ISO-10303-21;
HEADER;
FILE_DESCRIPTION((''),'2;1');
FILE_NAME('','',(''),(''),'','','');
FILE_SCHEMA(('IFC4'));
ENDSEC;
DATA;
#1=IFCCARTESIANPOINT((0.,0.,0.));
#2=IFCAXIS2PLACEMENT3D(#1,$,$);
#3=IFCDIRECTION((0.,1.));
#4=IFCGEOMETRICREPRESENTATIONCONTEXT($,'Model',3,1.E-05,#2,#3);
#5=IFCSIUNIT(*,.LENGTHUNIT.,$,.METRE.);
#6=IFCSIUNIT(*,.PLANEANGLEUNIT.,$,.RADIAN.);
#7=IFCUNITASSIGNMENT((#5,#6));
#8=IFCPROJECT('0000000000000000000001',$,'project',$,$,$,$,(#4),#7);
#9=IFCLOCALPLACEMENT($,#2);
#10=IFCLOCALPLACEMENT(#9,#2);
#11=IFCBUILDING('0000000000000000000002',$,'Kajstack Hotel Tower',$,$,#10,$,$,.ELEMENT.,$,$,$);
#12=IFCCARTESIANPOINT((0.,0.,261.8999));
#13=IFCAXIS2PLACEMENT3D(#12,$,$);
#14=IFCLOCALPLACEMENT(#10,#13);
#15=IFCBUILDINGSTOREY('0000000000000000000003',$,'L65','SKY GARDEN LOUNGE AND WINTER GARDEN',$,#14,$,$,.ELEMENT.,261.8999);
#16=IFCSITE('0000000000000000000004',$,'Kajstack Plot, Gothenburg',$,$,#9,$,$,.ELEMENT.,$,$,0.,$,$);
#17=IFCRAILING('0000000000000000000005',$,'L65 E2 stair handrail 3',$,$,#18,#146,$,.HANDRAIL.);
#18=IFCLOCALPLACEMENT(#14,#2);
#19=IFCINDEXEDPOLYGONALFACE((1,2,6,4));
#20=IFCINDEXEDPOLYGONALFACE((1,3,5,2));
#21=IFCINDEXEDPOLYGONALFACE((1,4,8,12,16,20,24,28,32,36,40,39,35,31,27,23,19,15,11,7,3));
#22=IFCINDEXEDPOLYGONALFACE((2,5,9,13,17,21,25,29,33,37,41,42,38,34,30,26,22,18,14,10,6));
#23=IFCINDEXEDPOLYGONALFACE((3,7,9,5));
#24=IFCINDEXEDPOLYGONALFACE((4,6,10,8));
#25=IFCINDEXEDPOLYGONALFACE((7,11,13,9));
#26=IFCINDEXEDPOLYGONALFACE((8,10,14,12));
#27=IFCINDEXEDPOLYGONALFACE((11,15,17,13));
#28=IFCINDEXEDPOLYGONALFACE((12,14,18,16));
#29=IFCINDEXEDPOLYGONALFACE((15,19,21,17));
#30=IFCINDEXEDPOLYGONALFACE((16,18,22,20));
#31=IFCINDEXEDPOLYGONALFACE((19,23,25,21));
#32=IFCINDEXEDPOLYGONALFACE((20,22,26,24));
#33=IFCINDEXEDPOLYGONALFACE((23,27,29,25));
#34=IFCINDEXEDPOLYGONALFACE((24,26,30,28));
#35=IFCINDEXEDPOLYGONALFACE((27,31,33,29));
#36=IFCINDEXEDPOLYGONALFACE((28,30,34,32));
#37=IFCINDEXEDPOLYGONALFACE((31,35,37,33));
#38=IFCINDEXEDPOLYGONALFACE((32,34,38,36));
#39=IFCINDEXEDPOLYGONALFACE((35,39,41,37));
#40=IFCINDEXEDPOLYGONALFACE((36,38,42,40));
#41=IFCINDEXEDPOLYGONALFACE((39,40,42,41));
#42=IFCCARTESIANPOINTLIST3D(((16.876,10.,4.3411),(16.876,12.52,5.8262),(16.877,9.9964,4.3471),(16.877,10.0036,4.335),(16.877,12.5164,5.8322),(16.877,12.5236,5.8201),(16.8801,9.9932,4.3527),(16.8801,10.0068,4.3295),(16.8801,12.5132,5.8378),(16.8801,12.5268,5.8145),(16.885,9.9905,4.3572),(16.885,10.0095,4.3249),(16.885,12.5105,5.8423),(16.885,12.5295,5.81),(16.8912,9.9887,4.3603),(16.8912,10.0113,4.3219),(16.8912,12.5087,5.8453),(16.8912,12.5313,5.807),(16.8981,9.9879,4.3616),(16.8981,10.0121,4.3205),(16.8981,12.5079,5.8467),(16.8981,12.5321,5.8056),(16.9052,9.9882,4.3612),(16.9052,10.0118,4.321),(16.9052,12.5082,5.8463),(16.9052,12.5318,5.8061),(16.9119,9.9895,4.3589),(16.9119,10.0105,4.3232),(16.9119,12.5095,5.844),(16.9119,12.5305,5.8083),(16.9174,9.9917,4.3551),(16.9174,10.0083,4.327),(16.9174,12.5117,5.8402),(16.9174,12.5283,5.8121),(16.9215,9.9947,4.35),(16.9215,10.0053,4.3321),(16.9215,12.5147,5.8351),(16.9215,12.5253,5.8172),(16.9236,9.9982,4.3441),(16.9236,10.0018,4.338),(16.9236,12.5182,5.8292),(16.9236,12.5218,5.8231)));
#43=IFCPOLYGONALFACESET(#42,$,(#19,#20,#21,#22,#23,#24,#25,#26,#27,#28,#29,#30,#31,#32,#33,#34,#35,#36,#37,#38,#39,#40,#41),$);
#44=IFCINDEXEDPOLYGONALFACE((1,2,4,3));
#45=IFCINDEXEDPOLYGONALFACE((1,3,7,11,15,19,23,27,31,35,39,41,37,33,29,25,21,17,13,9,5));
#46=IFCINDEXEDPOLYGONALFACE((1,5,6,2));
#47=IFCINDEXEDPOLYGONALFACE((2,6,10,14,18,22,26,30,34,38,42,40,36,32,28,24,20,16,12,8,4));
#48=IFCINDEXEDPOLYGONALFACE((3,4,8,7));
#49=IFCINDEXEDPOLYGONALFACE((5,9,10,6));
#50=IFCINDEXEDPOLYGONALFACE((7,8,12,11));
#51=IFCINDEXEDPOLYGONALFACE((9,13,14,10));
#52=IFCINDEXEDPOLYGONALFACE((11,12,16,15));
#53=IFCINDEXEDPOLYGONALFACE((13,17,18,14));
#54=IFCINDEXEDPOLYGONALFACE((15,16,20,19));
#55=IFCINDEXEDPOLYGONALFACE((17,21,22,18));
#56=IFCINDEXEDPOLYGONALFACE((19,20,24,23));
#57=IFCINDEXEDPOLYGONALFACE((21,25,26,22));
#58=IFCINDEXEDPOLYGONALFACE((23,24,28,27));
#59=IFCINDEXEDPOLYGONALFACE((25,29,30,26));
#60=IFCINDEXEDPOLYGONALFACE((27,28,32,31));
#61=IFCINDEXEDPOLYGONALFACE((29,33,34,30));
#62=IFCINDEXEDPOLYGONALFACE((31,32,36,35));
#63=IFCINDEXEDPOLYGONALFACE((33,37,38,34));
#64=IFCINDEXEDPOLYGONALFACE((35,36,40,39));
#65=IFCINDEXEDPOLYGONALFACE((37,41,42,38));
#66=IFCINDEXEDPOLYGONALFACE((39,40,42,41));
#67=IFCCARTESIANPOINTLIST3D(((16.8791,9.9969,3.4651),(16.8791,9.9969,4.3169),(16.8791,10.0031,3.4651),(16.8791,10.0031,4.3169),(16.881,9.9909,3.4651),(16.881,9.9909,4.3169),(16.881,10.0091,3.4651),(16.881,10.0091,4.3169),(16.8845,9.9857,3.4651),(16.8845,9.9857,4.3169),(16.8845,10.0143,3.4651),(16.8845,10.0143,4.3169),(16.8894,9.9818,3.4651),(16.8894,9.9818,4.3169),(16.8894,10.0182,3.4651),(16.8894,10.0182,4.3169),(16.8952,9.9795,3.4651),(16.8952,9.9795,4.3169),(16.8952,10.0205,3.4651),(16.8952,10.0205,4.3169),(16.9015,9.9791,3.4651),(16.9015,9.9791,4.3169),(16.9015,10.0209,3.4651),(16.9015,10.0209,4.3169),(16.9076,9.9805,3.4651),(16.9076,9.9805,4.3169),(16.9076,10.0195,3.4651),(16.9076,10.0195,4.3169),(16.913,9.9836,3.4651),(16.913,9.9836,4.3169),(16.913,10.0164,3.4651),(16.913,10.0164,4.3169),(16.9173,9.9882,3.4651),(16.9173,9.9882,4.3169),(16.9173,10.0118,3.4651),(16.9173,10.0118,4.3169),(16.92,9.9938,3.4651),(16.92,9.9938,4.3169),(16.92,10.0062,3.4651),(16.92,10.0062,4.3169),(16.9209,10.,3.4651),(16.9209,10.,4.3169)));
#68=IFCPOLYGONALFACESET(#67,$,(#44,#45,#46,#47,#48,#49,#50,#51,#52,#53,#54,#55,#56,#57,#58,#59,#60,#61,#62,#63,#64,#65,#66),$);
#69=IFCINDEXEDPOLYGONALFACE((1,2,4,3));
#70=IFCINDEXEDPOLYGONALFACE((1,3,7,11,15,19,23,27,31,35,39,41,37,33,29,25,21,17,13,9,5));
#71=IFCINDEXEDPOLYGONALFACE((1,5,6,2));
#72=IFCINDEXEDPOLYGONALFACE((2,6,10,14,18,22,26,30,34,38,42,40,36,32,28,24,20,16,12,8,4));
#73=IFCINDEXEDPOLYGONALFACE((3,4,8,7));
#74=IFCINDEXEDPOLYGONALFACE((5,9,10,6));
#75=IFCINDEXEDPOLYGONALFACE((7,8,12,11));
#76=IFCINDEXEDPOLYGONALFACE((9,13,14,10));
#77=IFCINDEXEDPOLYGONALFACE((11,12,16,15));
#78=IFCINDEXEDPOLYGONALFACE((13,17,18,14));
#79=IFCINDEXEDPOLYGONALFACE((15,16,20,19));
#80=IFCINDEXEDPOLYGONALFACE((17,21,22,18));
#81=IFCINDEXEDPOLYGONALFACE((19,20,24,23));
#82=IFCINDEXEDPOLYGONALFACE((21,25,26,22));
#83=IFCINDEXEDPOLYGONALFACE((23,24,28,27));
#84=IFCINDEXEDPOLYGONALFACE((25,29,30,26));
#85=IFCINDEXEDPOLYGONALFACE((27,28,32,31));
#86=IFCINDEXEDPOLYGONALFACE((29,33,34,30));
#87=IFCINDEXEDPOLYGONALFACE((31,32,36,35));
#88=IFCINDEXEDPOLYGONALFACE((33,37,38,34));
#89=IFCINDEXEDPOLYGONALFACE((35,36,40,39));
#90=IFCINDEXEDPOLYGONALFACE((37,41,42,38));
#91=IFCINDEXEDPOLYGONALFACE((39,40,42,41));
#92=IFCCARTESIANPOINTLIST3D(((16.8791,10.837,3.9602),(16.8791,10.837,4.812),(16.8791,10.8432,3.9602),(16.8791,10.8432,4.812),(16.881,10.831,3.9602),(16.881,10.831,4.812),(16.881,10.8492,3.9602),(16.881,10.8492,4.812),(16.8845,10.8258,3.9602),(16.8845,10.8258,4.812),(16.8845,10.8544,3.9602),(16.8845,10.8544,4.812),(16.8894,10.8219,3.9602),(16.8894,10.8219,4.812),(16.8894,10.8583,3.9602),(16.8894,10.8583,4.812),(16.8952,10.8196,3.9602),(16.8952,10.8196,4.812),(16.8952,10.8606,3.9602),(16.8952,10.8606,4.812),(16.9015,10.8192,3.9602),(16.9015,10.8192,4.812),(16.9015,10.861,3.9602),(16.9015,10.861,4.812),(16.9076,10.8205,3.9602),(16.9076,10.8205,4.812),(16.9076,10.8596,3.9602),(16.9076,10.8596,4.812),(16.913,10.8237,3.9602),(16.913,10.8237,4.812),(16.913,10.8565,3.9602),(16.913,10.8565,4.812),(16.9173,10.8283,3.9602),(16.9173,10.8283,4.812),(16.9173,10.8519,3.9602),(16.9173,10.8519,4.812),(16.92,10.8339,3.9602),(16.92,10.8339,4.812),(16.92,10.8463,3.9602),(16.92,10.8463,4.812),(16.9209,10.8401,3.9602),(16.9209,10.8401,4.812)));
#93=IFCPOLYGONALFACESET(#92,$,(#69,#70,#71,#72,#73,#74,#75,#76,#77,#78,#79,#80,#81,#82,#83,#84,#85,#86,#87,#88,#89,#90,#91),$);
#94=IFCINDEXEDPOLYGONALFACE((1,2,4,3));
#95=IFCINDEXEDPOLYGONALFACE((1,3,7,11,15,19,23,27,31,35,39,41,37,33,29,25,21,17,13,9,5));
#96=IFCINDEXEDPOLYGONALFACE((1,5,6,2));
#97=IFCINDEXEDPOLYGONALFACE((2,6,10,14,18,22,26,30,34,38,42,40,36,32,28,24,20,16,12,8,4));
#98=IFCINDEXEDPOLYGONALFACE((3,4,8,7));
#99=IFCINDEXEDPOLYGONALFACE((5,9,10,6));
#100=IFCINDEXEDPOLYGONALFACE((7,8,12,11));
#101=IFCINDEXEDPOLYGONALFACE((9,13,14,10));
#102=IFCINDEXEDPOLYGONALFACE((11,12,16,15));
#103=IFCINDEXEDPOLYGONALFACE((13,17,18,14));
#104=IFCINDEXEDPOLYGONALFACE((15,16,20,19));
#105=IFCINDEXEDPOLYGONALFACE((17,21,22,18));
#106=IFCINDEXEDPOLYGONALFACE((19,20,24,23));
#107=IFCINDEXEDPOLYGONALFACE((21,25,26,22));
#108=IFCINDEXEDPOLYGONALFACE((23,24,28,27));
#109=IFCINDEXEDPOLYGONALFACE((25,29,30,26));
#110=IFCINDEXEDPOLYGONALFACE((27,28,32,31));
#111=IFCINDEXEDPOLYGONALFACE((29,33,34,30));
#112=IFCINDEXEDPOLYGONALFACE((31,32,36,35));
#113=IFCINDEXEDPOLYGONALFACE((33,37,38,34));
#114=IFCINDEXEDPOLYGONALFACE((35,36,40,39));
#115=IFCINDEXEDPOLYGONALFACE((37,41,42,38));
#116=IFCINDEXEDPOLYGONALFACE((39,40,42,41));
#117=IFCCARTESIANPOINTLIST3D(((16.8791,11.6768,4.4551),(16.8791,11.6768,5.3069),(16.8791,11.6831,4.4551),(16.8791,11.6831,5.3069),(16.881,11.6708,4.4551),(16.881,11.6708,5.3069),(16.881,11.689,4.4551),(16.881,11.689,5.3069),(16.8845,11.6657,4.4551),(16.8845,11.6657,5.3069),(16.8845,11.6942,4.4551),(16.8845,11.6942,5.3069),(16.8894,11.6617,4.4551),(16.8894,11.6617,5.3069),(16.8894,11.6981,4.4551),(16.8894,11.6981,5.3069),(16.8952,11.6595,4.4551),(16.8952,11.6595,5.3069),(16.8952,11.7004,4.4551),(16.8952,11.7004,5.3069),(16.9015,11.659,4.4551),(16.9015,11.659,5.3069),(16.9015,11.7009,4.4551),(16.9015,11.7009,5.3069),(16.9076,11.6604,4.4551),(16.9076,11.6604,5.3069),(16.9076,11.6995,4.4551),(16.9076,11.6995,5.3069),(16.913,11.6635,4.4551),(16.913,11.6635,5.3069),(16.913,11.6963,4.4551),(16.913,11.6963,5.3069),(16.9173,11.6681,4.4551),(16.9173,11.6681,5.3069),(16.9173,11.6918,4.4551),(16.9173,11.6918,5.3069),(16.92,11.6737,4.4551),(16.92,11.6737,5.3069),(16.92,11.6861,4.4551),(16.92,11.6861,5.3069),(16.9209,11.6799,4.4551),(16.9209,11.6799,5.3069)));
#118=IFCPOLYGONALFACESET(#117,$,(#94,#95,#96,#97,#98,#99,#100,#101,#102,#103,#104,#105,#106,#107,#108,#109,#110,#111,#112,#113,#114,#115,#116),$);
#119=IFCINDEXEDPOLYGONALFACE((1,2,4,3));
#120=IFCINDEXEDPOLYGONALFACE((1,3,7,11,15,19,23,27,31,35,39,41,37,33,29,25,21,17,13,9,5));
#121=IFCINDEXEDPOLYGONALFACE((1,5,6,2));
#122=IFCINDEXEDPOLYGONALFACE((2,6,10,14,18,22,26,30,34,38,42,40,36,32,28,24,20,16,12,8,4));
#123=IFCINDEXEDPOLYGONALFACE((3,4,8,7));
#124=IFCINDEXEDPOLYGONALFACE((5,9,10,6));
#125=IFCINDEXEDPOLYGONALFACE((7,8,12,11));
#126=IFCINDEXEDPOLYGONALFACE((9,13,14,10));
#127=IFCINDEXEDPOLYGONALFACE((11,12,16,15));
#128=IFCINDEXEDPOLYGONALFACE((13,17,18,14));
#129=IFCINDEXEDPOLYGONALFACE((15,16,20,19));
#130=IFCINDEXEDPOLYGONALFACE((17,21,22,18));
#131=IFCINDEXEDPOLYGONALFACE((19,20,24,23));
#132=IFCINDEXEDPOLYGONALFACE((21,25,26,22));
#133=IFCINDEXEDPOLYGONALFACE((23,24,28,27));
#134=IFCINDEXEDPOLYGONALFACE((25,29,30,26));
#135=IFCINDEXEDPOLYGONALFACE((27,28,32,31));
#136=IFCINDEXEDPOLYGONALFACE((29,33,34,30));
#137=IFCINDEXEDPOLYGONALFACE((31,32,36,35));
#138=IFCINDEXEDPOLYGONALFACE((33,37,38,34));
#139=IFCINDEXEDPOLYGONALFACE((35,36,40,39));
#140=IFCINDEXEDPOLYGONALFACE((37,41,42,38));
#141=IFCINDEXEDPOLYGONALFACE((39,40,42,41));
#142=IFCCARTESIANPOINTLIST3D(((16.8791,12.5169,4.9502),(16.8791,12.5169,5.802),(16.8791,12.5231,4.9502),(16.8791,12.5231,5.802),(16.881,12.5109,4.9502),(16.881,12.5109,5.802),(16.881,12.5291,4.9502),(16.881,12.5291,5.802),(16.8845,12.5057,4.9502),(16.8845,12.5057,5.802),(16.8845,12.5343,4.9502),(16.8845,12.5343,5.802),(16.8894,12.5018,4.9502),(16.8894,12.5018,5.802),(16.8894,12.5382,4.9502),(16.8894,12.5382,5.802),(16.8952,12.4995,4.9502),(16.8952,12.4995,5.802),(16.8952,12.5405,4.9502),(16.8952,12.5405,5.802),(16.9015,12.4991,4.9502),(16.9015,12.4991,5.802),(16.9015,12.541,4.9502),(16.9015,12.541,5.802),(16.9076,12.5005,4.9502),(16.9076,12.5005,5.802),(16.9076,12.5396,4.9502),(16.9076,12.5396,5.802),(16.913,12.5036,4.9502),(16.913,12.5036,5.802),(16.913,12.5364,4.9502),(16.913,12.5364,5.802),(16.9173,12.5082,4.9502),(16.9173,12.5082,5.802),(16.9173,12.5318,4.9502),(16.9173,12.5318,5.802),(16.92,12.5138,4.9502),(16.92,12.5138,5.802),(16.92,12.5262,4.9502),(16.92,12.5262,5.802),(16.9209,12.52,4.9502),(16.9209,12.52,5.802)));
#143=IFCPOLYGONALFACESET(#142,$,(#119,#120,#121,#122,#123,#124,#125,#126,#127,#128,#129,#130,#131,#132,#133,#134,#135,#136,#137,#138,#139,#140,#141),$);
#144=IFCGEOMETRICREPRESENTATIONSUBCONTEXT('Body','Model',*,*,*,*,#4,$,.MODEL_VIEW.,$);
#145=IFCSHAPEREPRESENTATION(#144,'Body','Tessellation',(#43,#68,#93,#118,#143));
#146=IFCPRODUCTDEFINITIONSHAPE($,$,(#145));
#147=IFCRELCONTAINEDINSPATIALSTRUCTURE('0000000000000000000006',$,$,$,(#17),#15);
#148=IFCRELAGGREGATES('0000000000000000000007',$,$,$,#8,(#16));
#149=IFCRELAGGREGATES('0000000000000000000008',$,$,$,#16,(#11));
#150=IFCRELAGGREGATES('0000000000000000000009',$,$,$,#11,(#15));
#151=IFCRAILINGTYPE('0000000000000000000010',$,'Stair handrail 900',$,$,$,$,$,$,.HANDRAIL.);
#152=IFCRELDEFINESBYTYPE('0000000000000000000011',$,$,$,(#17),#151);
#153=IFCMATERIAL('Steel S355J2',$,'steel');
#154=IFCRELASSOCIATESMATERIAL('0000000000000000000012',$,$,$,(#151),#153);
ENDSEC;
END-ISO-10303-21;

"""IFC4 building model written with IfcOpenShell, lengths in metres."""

from ifc_helpers import new_model, si_unit, direction, frame, origin, origin_2d, place, context, subcontext, project, spatial, circle, extrude, material, type_object, element, save


model = new_model("IFC4")

# Units and contexts
model_context = context("Model", 3, precision=1e-05, world=origin(), true_north=direction((0.0, 1.0)))
body_context = subcontext(model_context, "Body", "Model", "MODEL_VIEW")
ifc_project = project(units=[si_unit("LENGTHUNIT", "METRE"), si_unit("PLANEANGLEUNIT", "RADIAN")], contexts=[model_context])

# Site, building, storey
site_placement = place(None, origin())
site = spatial("IfcSite", under=ifc_project, at=site_placement, Name="Kajstack Plot, Gothenburg", CompositionType="ELEMENT", RefElevation=0.0)
building_placement = place(site_placement, origin())
building = spatial("IfcBuilding", under=site, at=building_placement, Name="Kajstack Hotel Tower", CompositionType="ELEMENT")
storey_placement = place(building_placement, frame((0.0, 0.0, 261.8999)))
storey = spatial("IfcBuildingStorey", under=building, at=storey_placement, Name="L65", Description="SKY GARDEN LOUNGE AND WINTER GARDEN", CompositionType="ELEMENT", Elevation=261.8999)

# Railing
ifc_material_1 = material(Name="Steel S355J2", Category="steel")
railing_type_1 = type_object("IfcRailingType", Name="Stair handrail 900", PredefinedType="HANDRAIL", material=ifc_material_1)
for number, where, name in (
    (1, (16.8999, 10.0, 3.4651), "L65 E2 stair handrail 3"),
):
    element("IfcRailing", number, at=place(storey_placement, frame(where)), inside=storey, type_object=railing_type_1, Name=name, PredefinedType="HANDRAIL", context=body_context, shape_type="SweptSolid", body=[
        extrude(circle(Radius=0.0239, at=origin_2d()), frame((0.0, 0.0, 0.876), z_axis=(0.0, 0.861524, 0.507717), x_axis=(-1.0, 0.0, 0.0)), (0.0, 0.0, 1.0), 2.925),
        extrude(circle(Radius=0.021, at=origin_2d()), origin(), (0.0, 0.0, 1.0), 0.8518),
        extrude(circle(Radius=0.021, at=origin_2d()), frame((0.0, 0.8401, 0.4951)), (0.0, 0.0, 1.0), 0.8518),
        extrude(circle(Radius=0.021, at=origin_2d()), frame((0.0, 1.6799, 0.99)), (0.0, 0.0, 1.0), 0.8518),
        extrude(circle(Radius=0.021, at=origin_2d()), frame((0.0, 2.52, 1.4851)), (0.0, 0.0, 1.0), 0.8518),
    ])

save(model, "model.ifc")
